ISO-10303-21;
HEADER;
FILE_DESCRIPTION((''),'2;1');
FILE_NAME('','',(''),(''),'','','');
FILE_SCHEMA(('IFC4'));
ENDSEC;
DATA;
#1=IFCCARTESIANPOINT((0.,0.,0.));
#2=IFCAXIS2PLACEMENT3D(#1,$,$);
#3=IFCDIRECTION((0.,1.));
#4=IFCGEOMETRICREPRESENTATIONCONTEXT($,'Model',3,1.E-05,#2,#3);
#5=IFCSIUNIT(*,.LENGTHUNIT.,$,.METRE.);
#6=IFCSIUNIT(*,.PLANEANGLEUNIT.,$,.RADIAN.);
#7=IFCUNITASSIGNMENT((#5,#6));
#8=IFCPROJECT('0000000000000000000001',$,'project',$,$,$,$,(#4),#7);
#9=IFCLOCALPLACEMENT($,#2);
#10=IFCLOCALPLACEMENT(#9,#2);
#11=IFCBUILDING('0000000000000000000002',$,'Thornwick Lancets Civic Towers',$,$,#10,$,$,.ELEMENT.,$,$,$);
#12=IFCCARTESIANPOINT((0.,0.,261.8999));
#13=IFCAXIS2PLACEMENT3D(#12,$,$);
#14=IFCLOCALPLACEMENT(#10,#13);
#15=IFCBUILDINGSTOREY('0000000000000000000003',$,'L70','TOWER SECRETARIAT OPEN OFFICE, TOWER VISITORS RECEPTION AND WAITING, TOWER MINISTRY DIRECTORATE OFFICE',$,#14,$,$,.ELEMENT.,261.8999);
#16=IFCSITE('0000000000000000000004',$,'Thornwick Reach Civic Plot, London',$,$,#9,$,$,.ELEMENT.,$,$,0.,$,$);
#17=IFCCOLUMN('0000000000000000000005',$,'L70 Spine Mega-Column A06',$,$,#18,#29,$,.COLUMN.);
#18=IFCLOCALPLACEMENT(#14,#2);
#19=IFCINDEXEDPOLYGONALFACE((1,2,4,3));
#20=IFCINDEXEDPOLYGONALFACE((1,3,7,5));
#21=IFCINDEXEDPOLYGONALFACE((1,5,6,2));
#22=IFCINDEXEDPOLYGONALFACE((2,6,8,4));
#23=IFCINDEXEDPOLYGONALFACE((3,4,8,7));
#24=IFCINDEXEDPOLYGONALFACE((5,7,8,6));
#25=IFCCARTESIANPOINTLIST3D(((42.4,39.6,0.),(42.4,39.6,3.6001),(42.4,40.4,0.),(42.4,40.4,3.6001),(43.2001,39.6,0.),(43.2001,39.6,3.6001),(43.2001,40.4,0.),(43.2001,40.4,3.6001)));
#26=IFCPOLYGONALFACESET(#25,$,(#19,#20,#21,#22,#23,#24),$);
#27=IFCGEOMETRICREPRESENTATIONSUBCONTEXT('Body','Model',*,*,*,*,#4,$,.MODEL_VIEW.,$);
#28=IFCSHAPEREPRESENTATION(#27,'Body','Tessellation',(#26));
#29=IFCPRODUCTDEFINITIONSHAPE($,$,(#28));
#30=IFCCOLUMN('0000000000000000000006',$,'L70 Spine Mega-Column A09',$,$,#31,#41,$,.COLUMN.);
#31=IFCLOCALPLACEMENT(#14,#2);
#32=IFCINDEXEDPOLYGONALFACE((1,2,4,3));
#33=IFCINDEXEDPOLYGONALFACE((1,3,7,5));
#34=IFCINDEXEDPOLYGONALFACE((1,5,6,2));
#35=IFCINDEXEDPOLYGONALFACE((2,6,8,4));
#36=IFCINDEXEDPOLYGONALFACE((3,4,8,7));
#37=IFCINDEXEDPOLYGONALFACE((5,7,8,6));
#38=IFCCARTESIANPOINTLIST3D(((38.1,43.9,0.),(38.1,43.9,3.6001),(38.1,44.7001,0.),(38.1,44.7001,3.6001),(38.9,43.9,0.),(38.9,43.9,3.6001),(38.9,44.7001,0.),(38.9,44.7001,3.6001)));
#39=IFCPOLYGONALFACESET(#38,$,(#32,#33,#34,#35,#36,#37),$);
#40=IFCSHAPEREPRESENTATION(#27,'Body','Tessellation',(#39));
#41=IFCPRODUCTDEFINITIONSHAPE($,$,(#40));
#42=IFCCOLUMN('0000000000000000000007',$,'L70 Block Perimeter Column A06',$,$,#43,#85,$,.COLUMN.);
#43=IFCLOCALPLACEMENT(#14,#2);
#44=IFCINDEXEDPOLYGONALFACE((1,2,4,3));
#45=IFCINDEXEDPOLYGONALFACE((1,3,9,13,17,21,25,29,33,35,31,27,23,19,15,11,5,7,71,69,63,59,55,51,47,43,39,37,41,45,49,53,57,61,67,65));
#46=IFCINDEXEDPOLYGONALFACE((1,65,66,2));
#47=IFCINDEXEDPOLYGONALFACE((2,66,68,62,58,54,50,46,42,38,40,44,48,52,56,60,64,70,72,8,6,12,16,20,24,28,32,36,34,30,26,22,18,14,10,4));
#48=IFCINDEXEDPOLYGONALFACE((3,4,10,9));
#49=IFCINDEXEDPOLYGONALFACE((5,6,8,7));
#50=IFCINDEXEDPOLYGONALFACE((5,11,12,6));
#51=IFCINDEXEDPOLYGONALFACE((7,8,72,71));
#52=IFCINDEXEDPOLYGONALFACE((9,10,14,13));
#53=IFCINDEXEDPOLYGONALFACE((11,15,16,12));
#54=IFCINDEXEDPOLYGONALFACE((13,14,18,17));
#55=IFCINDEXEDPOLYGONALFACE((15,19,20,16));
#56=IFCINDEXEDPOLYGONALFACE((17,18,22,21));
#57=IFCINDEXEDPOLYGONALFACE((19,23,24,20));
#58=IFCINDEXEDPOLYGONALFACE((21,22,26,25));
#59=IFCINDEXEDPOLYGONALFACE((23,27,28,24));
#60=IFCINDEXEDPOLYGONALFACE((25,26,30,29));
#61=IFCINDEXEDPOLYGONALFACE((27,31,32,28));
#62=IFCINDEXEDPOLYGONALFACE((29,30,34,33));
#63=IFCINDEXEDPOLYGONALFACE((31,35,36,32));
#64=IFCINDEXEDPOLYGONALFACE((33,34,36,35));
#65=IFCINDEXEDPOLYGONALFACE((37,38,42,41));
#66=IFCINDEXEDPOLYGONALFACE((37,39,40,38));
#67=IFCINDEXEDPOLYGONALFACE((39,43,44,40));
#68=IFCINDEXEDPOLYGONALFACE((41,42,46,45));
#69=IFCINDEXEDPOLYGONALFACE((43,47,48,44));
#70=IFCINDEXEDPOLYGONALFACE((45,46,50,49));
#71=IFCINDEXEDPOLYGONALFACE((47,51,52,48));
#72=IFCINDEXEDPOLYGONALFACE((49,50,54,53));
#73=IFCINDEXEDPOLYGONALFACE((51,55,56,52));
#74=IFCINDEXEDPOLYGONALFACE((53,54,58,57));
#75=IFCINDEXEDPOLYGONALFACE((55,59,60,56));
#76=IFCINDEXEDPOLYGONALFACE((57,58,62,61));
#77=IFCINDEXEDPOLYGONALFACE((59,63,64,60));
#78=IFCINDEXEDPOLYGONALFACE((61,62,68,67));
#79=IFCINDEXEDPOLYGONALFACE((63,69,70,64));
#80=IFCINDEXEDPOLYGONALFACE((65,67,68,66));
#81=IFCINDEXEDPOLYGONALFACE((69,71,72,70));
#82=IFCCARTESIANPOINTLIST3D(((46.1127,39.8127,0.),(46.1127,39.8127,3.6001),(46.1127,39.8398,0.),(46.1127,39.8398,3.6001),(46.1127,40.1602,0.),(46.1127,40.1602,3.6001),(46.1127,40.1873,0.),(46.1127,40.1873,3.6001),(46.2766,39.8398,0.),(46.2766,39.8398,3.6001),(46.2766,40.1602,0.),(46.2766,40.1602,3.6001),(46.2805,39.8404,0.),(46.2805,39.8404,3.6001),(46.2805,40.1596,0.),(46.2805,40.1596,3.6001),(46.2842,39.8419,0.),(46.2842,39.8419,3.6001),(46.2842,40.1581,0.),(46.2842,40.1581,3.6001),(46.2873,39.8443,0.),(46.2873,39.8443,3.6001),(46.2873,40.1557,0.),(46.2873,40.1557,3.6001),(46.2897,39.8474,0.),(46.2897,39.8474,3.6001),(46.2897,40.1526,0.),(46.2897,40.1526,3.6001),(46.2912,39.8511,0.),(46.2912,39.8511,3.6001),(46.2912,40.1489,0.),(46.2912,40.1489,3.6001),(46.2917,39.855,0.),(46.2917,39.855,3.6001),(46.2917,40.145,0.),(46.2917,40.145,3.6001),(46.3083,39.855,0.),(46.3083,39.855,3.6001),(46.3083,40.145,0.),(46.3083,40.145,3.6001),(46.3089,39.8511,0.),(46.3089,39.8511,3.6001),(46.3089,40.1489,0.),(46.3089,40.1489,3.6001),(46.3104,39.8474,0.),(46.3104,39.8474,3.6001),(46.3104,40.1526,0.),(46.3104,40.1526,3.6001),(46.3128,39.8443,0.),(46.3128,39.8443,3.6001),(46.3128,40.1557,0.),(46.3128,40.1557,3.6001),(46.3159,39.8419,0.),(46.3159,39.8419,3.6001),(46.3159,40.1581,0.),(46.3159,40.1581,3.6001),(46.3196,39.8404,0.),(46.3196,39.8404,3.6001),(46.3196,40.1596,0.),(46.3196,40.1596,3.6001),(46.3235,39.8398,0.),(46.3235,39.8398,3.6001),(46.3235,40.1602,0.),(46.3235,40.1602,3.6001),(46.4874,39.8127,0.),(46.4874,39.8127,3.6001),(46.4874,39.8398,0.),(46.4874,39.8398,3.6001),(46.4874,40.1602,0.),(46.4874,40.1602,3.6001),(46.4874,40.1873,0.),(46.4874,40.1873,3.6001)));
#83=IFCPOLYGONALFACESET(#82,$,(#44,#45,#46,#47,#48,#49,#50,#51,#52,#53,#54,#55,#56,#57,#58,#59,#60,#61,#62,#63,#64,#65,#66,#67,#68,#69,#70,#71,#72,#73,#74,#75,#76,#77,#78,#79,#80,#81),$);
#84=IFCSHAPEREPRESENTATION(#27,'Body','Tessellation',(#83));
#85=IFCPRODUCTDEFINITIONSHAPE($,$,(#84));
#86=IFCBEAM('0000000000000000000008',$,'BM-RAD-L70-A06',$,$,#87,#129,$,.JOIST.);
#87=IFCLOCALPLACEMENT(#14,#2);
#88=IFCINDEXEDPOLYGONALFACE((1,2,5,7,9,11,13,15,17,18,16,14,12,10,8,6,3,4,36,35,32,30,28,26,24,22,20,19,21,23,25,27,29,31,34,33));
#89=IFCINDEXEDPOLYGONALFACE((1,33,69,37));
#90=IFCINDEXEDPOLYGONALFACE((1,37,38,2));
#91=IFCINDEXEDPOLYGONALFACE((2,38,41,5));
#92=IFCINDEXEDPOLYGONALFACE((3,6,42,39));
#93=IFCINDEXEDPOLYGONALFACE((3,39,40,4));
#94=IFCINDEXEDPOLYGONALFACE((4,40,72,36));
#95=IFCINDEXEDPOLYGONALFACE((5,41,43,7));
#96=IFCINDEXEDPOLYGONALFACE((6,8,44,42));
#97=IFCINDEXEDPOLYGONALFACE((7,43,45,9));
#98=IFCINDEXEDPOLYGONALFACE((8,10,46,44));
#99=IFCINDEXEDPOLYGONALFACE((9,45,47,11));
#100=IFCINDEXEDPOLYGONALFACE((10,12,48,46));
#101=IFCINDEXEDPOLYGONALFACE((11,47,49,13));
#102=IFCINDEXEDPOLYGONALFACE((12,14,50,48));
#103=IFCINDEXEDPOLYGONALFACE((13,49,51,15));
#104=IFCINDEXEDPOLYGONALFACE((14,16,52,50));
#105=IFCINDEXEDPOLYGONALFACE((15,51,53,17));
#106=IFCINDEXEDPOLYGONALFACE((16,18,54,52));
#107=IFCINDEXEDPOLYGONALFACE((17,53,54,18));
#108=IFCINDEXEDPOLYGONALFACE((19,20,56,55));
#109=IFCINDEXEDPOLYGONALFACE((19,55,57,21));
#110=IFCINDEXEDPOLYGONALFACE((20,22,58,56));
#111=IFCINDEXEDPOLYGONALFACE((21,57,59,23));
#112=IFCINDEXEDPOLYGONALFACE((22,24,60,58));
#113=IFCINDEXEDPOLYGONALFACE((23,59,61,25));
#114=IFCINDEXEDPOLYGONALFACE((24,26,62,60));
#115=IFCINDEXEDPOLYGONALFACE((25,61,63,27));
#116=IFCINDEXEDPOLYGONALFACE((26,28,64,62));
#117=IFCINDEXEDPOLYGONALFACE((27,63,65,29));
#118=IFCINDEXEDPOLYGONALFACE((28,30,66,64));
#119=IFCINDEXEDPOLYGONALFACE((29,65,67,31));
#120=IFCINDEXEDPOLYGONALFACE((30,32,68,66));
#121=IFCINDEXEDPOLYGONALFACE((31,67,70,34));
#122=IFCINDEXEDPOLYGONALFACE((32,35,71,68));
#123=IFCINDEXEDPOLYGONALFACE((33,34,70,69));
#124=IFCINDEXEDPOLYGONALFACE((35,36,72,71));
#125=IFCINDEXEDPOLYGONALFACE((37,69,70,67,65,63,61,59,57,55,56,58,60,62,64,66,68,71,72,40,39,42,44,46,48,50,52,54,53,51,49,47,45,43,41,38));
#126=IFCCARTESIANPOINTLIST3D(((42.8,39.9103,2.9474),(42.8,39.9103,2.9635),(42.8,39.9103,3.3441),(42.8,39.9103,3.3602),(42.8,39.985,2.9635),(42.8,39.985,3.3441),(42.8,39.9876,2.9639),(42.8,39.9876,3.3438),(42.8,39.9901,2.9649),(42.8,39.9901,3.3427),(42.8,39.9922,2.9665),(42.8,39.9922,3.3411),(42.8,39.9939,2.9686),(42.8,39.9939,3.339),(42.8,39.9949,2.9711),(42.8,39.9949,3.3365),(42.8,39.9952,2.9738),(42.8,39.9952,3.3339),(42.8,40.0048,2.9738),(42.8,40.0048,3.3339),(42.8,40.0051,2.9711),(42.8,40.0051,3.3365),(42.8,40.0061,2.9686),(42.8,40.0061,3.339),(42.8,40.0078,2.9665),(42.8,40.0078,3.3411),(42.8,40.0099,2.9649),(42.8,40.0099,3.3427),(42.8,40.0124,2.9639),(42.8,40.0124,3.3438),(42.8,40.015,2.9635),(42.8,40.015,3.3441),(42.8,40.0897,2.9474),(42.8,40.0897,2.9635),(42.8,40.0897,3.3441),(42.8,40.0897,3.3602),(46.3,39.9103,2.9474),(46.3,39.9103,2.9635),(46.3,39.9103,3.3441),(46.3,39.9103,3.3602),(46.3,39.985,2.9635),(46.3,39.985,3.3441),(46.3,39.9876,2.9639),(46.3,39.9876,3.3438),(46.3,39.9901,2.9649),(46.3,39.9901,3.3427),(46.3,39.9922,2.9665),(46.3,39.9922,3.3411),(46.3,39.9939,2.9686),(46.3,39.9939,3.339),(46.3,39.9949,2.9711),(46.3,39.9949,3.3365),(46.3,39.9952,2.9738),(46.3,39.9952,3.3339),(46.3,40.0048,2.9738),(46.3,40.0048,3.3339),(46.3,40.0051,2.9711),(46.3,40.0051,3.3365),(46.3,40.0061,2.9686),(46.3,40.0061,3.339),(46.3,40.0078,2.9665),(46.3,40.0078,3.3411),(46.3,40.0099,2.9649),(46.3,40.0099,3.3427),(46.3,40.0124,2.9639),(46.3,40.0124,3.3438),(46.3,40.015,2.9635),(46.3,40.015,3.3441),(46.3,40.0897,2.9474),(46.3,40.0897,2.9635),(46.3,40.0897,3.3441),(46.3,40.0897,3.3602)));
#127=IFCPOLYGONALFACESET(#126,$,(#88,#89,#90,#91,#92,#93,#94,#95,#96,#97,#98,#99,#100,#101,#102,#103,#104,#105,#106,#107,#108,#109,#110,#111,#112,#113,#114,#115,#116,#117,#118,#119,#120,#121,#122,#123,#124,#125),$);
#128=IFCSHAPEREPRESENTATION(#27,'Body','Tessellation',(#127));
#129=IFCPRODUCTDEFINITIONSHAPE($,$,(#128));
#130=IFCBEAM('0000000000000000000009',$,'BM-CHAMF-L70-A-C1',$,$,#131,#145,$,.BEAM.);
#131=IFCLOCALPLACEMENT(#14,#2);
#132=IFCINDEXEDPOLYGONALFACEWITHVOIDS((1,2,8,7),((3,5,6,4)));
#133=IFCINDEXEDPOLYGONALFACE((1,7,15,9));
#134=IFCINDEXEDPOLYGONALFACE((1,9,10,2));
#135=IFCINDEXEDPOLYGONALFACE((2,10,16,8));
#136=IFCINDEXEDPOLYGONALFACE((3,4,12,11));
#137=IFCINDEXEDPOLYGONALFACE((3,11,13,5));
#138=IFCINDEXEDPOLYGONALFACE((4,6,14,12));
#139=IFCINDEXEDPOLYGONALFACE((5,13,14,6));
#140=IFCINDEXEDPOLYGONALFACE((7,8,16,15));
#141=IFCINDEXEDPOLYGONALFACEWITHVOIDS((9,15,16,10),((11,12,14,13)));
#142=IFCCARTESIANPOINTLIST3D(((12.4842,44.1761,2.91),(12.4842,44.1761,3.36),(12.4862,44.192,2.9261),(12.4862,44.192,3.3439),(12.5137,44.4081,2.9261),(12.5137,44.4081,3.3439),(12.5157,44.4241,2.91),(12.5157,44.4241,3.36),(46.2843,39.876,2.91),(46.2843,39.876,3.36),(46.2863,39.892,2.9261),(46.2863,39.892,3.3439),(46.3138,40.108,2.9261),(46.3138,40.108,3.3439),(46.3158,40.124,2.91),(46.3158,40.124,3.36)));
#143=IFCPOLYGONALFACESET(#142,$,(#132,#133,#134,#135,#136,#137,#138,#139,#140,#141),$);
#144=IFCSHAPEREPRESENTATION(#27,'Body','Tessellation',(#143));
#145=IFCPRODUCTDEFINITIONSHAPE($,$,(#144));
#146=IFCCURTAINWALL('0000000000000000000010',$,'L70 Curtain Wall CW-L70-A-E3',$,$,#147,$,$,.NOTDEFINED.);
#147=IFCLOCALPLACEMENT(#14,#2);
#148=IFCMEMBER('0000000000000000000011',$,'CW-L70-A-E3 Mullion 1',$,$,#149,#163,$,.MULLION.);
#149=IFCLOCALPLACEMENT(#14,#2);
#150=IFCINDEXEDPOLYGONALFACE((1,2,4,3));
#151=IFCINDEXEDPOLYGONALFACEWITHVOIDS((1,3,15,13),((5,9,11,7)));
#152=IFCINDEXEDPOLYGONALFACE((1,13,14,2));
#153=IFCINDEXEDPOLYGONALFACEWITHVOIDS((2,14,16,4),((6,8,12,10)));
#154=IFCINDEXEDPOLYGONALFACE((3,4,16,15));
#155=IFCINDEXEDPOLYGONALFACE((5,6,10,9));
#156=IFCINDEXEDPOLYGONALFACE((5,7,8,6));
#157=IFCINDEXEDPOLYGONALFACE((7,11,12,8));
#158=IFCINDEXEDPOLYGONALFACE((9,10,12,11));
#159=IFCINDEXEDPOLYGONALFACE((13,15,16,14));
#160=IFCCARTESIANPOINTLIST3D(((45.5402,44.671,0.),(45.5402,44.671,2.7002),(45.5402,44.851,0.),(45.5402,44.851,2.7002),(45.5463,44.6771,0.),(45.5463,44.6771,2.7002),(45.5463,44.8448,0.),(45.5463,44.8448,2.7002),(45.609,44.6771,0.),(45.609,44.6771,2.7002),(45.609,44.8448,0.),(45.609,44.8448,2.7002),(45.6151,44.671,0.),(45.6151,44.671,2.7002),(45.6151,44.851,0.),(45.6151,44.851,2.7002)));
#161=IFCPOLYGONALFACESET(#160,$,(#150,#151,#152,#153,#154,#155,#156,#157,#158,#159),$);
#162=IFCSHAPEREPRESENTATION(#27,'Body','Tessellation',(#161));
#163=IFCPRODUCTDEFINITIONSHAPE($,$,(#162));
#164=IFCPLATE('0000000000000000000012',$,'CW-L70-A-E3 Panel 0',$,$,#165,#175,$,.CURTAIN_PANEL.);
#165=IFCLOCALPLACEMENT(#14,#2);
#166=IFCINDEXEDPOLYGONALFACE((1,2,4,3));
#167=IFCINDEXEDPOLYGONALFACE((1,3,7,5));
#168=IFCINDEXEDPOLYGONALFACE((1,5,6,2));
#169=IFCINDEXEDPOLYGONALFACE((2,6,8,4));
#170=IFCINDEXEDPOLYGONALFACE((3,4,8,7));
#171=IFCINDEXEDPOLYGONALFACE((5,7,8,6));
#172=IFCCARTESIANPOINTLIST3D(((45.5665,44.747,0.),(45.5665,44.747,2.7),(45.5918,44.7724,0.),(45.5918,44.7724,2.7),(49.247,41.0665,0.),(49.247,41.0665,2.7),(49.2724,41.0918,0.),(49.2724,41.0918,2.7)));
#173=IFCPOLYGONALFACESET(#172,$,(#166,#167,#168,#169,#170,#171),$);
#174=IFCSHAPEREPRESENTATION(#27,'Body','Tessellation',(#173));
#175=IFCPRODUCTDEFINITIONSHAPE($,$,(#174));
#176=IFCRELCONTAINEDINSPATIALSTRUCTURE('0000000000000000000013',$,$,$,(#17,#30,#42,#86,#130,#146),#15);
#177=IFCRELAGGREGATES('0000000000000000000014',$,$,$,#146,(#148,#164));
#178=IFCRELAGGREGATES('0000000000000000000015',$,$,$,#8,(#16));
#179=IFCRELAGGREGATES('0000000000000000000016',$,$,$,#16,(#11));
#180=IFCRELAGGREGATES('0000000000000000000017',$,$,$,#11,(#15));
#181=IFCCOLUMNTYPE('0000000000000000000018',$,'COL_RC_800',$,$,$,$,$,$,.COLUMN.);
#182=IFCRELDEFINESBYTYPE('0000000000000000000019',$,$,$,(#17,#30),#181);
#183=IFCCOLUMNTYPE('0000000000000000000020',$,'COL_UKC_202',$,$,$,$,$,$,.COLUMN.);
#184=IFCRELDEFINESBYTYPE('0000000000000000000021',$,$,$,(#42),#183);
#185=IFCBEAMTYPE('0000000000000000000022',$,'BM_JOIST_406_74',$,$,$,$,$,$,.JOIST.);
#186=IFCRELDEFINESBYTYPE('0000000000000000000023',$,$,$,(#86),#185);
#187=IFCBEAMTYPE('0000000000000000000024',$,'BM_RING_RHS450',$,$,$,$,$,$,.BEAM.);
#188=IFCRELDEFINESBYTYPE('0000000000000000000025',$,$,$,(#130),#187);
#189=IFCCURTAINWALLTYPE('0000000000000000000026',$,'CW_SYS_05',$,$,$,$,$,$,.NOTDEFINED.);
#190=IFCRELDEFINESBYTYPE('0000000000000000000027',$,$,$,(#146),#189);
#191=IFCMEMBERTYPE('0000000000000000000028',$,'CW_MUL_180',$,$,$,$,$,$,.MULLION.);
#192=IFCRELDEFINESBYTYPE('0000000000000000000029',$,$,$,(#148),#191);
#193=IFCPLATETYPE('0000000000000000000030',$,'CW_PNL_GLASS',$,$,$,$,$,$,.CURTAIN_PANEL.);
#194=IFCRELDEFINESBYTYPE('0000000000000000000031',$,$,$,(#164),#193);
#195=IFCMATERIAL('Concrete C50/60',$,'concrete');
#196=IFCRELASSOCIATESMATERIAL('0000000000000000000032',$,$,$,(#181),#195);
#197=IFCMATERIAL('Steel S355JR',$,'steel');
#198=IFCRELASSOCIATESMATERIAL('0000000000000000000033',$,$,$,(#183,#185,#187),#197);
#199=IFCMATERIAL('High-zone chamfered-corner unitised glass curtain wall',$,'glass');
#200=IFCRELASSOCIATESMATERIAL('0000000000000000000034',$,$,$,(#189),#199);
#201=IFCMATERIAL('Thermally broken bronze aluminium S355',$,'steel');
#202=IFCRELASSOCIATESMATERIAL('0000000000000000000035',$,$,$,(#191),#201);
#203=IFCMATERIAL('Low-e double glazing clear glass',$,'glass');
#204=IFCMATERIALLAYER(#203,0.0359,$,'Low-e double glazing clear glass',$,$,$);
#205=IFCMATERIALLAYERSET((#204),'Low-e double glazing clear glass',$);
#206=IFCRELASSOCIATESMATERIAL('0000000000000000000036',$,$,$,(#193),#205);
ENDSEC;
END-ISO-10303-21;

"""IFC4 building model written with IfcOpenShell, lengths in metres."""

from ifc_helpers import new_model, si_unit, direction, frame, origin, origin_2d, place, context, subcontext, project, spatial, rectangle, hollow_rectangle, i_section, extrude, material, layer, layer_set, material_profile, profile_set, type_object, element, aggregate, save


model = new_model("IFC4")

# Units and contexts
model_context = context("Model", 3, precision=1e-05, world=origin(), true_north=direction((0.0, 1.0)))
body_context = subcontext(model_context, "Body", "Model", "MODEL_VIEW")
ifc_project = project(units=[si_unit("LENGTHUNIT", "METRE"), si_unit("PLANEANGLEUNIT", "RADIAN")], contexts=[model_context])

# Site, building, storey
site_placement = place(None, origin())
site = spatial("IfcSite", under=ifc_project, at=site_placement, Name="Thornwick Reach Civic Plot, London", CompositionType="ELEMENT", RefElevation=0.0)
building_placement = place(site_placement, origin())
building = spatial("IfcBuilding", under=site, at=building_placement, Name="Thornwick Lancets Civic Towers", CompositionType="ELEMENT")
storey_placement = place(building_placement, frame((0.0, 0.0, 261.8999)))
storey = spatial("IfcBuildingStorey", under=building, at=storey_placement, Name="L70", Description="TOWER SECRETARIAT OPEN OFFICE, TOWER VISITORS RECEPTION AND WAITING, TOWER MINISTRY DIRECTORATE OFFICE", CompositionType="ELEMENT", Elevation=261.8999)

# Columns
ifc_material_1 = material(Name="Concrete C50/60", Category="concrete")
ifc_material_profile_1 = material_profile(ifc_material_1, rectangle(XDim=0.8, YDim=0.8, at=origin_2d()), Name="RC 800x800")
ifc_profile_set_1 = profile_set([ifc_material_profile_1], Name="Concrete C50/60")
column_type_1 = type_object("IfcColumnType", Name="COL_RC_800", PredefinedType="COLUMN", material=ifc_profile_set_1)
for number, where, z_axis, x_axis, name in (
    (1, (42.8, 40.0, 0.0), (0.0, 0.0, 1.0), (1.0, 0.0, 0.0), "L70 Spine Mega-Column A06"),
    (2, (38.5, 44.3, 0.0), (0.0, 0.0, 1.0), (1.0, 0.0, 0.0), "L70 Spine Mega-Column A09"),
):
    element("IfcColumn", number, at=place(storey_placement, frame(where, z_axis=z_axis, x_axis=x_axis)), inside=storey, type_object=column_type_1, Name=name, PredefinedType="COLUMN", context=body_context, shape_type="SweptSolid", body=[
        extrude(rectangle(XDim=0.8, YDim=0.8, at=origin_2d()), origin(), (0.0, 0.0, 1.0), 3.6001),
    ])
ifc_material_2 = material(Name="Steel S355JR", Category="steel")
ifc_material_profile_2 = material_profile(ifc_material_2, i_section(OverallWidth=0.3748, OverallDepth=0.3745, WebThickness=0.0166, FlangeThickness=0.0271, FilletRadius=0.0151, at=origin_2d()), Name="UKC 356x368x202")
ifc_profile_set_2 = profile_set([ifc_material_profile_2], Name="Steel S355JR")
column_type_2 = type_object("IfcColumnType", Name="COL_UKC_202", PredefinedType="COLUMN", material=ifc_profile_set_2)
column_placement = place(storey_placement, frame((46.3, 40.0, 0.0), z_axis=(0.0, 0.0, 1.0), x_axis=(1.0, 0.0, 0.0)))
element("IfcColumn", 3, at=column_placement, inside=storey, type_object=column_type_2, Name="L70 Block Perimeter Column A06", PredefinedType="COLUMN", context=body_context, shape_type="SweptSolid", body=[
    extrude(i_section(OverallWidth=0.3748, OverallDepth=0.3745, WebThickness=0.0166, FlangeThickness=0.0271, FilletRadius=0.0151, at=origin_2d()), origin(), (0.0, 0.0, 1.0), 3.6001),
])

# Beams
ifc_material_profile_3 = material_profile(ifc_material_2, i_section(OverallWidth=0.1794, OverallDepth=0.4128, WebThickness=0.0095, FlangeThickness=0.0161, FilletRadius=0.0103, at=origin_2d()), Name="UKB 406x178x74")
ifc_profile_set_3 = profile_set([ifc_material_profile_3], Name="Steel S355JR")
beam_type_1 = type_object("IfcBeamType", Name="BM_JOIST_406_74", PredefinedType="JOIST", material=ifc_profile_set_3)
beam_1_placement = place(storey_placement, frame((42.8, 40.0, 3.1538), z_axis=(1.0, 0.0, 0.0), x_axis=(0.0, 1.0, 0.0)))
element("IfcBeam", 4, at=beam_1_placement, inside=storey, type_object=beam_type_1, Name="BM-RAD-L70-A06", PredefinedType="JOIST", context=body_context, shape_type="SweptSolid", body=[
    extrude(i_section(OverallWidth=0.1794, OverallDepth=0.4128, WebThickness=0.0095, FlangeThickness=0.0161, FilletRadius=0.0103, at=origin_2d()), origin(), (0.0, 0.0, 1.0), 3.5),
])
ifc_material_profile_4 = material_profile(ifc_material_2, hollow_rectangle(XDim=0.25, YDim=0.45, WallThickness=0.0161, at=origin_2d()), Name="RHS 450x250x16")
ifc_profile_set_4 = profile_set([ifc_material_profile_4], Name="Steel S355JR")
beam_type_2 = type_object("IfcBeamType", Name="BM_RING_RHS450", PredefinedType="BEAM", material=ifc_profile_set_4)
beam_2_placement = place(storey_placement, frame((46.3, 40.0, 3.135), z_axis=(-0.992004, 0.126203, 0.0), x_axis=(-0.126203, -0.992004, 0.0)))
element("IfcBeam", 5, at=beam_2_placement, inside=storey, type_object=beam_type_2, Name="BM-CHAMF-L70-A-C1", PredefinedType="BEAM", context=body_context, shape_type="SweptSolid", body=[
    extrude(hollow_rectangle(XDim=0.25, YDim=0.45, WallThickness=0.0161, at=origin_2d()), origin(), (0.0, 0.0, 1.0), 34.0725),
])

# Curtain wall, member, plate
ifc_material_3 = material(Name="High-zone chamfered-corner unitised glass curtain wall", Category="glass")
curtain_wall_type = type_object("IfcCurtainWallType", Name="CW_SYS_05", PredefinedType="NOTDEFINED", material=ifc_material_3)
curtain_wall_placement = place(storey_placement, origin())
curtain_wall = element("IfcCurtainWall", 6, at=curtain_wall_placement, inside=storey, type_object=curtain_wall_type, Name="L70 Curtain Wall CW-L70-A-E3", PredefinedType="NOTDEFINED")
ifc_material_4 = material(Name="Thermally broken bronze aluminium S355", Category="steel")
ifc_material_profile_5 = material_profile(ifc_material_4, hollow_rectangle(XDim=0.075, YDim=0.1799, WallThickness=0.0061, at=origin_2d()), Name="RHS 180x75x6")
ifc_profile_set_5 = profile_set([ifc_material_profile_5], Name="Thermally broken bronze aluminium S355")
member_type = type_object("IfcMemberType", Name="CW_MUL_180", PredefinedType="MULLION", material=ifc_profile_set_5)
member_placement = place(storey_placement, frame((45.5776, 44.761, 0.0), z_axis=(0.0, 0.0, 1.0), x_axis=(1.0, 0.0, 0.0)))
member = element("IfcMember", 7, at=member_placement, type_object=member_type, Name="CW-L70-A-E3 Mullion 1", PredefinedType="MULLION", context=body_context, shape_type="SweptSolid", body=[
    extrude(hollow_rectangle(XDim=0.075, YDim=0.1799, WallThickness=0.0061, at=origin_2d()), origin(), (0.0, 0.0, 1.0), 2.7002),
])
ifc_material_5 = material(Name="Low-e double glazing clear glass", Category="glass")
ifc_layer_1 = layer(ifc_material_5, 0.0359, Name="Low-e double glazing clear glass")
ifc_layer_set_1 = layer_set([ifc_layer_1], Name="Low-e double glazing clear glass")
plate_type = type_object("IfcPlateType", Name="CW_PNL_GLASS", PredefinedType="CURTAIN_PANEL", material=ifc_layer_set_1)
plate_placement = place(storey_placement, frame((47.4194, 42.9194, 0.0), z_axis=(0.0, 0.0, 1.0), x_axis=(-0.707107, 0.707107, 0.0)))
plate = element("IfcPlate", 8, at=plate_placement, type_object=plate_type, Name="CW-L70-A-E3 Panel 0", PredefinedType="CURTAIN_PANEL", context=body_context, shape_type="SweptSolid", body=[
    extrude(rectangle(XDim=5.2051, YDim=0.0359, at=origin_2d()), origin(), (0.0, 0.0, 1.0), 2.7),
])
aggregate(curtain_wall, [member, plate])

save(model, "model.ifc")
